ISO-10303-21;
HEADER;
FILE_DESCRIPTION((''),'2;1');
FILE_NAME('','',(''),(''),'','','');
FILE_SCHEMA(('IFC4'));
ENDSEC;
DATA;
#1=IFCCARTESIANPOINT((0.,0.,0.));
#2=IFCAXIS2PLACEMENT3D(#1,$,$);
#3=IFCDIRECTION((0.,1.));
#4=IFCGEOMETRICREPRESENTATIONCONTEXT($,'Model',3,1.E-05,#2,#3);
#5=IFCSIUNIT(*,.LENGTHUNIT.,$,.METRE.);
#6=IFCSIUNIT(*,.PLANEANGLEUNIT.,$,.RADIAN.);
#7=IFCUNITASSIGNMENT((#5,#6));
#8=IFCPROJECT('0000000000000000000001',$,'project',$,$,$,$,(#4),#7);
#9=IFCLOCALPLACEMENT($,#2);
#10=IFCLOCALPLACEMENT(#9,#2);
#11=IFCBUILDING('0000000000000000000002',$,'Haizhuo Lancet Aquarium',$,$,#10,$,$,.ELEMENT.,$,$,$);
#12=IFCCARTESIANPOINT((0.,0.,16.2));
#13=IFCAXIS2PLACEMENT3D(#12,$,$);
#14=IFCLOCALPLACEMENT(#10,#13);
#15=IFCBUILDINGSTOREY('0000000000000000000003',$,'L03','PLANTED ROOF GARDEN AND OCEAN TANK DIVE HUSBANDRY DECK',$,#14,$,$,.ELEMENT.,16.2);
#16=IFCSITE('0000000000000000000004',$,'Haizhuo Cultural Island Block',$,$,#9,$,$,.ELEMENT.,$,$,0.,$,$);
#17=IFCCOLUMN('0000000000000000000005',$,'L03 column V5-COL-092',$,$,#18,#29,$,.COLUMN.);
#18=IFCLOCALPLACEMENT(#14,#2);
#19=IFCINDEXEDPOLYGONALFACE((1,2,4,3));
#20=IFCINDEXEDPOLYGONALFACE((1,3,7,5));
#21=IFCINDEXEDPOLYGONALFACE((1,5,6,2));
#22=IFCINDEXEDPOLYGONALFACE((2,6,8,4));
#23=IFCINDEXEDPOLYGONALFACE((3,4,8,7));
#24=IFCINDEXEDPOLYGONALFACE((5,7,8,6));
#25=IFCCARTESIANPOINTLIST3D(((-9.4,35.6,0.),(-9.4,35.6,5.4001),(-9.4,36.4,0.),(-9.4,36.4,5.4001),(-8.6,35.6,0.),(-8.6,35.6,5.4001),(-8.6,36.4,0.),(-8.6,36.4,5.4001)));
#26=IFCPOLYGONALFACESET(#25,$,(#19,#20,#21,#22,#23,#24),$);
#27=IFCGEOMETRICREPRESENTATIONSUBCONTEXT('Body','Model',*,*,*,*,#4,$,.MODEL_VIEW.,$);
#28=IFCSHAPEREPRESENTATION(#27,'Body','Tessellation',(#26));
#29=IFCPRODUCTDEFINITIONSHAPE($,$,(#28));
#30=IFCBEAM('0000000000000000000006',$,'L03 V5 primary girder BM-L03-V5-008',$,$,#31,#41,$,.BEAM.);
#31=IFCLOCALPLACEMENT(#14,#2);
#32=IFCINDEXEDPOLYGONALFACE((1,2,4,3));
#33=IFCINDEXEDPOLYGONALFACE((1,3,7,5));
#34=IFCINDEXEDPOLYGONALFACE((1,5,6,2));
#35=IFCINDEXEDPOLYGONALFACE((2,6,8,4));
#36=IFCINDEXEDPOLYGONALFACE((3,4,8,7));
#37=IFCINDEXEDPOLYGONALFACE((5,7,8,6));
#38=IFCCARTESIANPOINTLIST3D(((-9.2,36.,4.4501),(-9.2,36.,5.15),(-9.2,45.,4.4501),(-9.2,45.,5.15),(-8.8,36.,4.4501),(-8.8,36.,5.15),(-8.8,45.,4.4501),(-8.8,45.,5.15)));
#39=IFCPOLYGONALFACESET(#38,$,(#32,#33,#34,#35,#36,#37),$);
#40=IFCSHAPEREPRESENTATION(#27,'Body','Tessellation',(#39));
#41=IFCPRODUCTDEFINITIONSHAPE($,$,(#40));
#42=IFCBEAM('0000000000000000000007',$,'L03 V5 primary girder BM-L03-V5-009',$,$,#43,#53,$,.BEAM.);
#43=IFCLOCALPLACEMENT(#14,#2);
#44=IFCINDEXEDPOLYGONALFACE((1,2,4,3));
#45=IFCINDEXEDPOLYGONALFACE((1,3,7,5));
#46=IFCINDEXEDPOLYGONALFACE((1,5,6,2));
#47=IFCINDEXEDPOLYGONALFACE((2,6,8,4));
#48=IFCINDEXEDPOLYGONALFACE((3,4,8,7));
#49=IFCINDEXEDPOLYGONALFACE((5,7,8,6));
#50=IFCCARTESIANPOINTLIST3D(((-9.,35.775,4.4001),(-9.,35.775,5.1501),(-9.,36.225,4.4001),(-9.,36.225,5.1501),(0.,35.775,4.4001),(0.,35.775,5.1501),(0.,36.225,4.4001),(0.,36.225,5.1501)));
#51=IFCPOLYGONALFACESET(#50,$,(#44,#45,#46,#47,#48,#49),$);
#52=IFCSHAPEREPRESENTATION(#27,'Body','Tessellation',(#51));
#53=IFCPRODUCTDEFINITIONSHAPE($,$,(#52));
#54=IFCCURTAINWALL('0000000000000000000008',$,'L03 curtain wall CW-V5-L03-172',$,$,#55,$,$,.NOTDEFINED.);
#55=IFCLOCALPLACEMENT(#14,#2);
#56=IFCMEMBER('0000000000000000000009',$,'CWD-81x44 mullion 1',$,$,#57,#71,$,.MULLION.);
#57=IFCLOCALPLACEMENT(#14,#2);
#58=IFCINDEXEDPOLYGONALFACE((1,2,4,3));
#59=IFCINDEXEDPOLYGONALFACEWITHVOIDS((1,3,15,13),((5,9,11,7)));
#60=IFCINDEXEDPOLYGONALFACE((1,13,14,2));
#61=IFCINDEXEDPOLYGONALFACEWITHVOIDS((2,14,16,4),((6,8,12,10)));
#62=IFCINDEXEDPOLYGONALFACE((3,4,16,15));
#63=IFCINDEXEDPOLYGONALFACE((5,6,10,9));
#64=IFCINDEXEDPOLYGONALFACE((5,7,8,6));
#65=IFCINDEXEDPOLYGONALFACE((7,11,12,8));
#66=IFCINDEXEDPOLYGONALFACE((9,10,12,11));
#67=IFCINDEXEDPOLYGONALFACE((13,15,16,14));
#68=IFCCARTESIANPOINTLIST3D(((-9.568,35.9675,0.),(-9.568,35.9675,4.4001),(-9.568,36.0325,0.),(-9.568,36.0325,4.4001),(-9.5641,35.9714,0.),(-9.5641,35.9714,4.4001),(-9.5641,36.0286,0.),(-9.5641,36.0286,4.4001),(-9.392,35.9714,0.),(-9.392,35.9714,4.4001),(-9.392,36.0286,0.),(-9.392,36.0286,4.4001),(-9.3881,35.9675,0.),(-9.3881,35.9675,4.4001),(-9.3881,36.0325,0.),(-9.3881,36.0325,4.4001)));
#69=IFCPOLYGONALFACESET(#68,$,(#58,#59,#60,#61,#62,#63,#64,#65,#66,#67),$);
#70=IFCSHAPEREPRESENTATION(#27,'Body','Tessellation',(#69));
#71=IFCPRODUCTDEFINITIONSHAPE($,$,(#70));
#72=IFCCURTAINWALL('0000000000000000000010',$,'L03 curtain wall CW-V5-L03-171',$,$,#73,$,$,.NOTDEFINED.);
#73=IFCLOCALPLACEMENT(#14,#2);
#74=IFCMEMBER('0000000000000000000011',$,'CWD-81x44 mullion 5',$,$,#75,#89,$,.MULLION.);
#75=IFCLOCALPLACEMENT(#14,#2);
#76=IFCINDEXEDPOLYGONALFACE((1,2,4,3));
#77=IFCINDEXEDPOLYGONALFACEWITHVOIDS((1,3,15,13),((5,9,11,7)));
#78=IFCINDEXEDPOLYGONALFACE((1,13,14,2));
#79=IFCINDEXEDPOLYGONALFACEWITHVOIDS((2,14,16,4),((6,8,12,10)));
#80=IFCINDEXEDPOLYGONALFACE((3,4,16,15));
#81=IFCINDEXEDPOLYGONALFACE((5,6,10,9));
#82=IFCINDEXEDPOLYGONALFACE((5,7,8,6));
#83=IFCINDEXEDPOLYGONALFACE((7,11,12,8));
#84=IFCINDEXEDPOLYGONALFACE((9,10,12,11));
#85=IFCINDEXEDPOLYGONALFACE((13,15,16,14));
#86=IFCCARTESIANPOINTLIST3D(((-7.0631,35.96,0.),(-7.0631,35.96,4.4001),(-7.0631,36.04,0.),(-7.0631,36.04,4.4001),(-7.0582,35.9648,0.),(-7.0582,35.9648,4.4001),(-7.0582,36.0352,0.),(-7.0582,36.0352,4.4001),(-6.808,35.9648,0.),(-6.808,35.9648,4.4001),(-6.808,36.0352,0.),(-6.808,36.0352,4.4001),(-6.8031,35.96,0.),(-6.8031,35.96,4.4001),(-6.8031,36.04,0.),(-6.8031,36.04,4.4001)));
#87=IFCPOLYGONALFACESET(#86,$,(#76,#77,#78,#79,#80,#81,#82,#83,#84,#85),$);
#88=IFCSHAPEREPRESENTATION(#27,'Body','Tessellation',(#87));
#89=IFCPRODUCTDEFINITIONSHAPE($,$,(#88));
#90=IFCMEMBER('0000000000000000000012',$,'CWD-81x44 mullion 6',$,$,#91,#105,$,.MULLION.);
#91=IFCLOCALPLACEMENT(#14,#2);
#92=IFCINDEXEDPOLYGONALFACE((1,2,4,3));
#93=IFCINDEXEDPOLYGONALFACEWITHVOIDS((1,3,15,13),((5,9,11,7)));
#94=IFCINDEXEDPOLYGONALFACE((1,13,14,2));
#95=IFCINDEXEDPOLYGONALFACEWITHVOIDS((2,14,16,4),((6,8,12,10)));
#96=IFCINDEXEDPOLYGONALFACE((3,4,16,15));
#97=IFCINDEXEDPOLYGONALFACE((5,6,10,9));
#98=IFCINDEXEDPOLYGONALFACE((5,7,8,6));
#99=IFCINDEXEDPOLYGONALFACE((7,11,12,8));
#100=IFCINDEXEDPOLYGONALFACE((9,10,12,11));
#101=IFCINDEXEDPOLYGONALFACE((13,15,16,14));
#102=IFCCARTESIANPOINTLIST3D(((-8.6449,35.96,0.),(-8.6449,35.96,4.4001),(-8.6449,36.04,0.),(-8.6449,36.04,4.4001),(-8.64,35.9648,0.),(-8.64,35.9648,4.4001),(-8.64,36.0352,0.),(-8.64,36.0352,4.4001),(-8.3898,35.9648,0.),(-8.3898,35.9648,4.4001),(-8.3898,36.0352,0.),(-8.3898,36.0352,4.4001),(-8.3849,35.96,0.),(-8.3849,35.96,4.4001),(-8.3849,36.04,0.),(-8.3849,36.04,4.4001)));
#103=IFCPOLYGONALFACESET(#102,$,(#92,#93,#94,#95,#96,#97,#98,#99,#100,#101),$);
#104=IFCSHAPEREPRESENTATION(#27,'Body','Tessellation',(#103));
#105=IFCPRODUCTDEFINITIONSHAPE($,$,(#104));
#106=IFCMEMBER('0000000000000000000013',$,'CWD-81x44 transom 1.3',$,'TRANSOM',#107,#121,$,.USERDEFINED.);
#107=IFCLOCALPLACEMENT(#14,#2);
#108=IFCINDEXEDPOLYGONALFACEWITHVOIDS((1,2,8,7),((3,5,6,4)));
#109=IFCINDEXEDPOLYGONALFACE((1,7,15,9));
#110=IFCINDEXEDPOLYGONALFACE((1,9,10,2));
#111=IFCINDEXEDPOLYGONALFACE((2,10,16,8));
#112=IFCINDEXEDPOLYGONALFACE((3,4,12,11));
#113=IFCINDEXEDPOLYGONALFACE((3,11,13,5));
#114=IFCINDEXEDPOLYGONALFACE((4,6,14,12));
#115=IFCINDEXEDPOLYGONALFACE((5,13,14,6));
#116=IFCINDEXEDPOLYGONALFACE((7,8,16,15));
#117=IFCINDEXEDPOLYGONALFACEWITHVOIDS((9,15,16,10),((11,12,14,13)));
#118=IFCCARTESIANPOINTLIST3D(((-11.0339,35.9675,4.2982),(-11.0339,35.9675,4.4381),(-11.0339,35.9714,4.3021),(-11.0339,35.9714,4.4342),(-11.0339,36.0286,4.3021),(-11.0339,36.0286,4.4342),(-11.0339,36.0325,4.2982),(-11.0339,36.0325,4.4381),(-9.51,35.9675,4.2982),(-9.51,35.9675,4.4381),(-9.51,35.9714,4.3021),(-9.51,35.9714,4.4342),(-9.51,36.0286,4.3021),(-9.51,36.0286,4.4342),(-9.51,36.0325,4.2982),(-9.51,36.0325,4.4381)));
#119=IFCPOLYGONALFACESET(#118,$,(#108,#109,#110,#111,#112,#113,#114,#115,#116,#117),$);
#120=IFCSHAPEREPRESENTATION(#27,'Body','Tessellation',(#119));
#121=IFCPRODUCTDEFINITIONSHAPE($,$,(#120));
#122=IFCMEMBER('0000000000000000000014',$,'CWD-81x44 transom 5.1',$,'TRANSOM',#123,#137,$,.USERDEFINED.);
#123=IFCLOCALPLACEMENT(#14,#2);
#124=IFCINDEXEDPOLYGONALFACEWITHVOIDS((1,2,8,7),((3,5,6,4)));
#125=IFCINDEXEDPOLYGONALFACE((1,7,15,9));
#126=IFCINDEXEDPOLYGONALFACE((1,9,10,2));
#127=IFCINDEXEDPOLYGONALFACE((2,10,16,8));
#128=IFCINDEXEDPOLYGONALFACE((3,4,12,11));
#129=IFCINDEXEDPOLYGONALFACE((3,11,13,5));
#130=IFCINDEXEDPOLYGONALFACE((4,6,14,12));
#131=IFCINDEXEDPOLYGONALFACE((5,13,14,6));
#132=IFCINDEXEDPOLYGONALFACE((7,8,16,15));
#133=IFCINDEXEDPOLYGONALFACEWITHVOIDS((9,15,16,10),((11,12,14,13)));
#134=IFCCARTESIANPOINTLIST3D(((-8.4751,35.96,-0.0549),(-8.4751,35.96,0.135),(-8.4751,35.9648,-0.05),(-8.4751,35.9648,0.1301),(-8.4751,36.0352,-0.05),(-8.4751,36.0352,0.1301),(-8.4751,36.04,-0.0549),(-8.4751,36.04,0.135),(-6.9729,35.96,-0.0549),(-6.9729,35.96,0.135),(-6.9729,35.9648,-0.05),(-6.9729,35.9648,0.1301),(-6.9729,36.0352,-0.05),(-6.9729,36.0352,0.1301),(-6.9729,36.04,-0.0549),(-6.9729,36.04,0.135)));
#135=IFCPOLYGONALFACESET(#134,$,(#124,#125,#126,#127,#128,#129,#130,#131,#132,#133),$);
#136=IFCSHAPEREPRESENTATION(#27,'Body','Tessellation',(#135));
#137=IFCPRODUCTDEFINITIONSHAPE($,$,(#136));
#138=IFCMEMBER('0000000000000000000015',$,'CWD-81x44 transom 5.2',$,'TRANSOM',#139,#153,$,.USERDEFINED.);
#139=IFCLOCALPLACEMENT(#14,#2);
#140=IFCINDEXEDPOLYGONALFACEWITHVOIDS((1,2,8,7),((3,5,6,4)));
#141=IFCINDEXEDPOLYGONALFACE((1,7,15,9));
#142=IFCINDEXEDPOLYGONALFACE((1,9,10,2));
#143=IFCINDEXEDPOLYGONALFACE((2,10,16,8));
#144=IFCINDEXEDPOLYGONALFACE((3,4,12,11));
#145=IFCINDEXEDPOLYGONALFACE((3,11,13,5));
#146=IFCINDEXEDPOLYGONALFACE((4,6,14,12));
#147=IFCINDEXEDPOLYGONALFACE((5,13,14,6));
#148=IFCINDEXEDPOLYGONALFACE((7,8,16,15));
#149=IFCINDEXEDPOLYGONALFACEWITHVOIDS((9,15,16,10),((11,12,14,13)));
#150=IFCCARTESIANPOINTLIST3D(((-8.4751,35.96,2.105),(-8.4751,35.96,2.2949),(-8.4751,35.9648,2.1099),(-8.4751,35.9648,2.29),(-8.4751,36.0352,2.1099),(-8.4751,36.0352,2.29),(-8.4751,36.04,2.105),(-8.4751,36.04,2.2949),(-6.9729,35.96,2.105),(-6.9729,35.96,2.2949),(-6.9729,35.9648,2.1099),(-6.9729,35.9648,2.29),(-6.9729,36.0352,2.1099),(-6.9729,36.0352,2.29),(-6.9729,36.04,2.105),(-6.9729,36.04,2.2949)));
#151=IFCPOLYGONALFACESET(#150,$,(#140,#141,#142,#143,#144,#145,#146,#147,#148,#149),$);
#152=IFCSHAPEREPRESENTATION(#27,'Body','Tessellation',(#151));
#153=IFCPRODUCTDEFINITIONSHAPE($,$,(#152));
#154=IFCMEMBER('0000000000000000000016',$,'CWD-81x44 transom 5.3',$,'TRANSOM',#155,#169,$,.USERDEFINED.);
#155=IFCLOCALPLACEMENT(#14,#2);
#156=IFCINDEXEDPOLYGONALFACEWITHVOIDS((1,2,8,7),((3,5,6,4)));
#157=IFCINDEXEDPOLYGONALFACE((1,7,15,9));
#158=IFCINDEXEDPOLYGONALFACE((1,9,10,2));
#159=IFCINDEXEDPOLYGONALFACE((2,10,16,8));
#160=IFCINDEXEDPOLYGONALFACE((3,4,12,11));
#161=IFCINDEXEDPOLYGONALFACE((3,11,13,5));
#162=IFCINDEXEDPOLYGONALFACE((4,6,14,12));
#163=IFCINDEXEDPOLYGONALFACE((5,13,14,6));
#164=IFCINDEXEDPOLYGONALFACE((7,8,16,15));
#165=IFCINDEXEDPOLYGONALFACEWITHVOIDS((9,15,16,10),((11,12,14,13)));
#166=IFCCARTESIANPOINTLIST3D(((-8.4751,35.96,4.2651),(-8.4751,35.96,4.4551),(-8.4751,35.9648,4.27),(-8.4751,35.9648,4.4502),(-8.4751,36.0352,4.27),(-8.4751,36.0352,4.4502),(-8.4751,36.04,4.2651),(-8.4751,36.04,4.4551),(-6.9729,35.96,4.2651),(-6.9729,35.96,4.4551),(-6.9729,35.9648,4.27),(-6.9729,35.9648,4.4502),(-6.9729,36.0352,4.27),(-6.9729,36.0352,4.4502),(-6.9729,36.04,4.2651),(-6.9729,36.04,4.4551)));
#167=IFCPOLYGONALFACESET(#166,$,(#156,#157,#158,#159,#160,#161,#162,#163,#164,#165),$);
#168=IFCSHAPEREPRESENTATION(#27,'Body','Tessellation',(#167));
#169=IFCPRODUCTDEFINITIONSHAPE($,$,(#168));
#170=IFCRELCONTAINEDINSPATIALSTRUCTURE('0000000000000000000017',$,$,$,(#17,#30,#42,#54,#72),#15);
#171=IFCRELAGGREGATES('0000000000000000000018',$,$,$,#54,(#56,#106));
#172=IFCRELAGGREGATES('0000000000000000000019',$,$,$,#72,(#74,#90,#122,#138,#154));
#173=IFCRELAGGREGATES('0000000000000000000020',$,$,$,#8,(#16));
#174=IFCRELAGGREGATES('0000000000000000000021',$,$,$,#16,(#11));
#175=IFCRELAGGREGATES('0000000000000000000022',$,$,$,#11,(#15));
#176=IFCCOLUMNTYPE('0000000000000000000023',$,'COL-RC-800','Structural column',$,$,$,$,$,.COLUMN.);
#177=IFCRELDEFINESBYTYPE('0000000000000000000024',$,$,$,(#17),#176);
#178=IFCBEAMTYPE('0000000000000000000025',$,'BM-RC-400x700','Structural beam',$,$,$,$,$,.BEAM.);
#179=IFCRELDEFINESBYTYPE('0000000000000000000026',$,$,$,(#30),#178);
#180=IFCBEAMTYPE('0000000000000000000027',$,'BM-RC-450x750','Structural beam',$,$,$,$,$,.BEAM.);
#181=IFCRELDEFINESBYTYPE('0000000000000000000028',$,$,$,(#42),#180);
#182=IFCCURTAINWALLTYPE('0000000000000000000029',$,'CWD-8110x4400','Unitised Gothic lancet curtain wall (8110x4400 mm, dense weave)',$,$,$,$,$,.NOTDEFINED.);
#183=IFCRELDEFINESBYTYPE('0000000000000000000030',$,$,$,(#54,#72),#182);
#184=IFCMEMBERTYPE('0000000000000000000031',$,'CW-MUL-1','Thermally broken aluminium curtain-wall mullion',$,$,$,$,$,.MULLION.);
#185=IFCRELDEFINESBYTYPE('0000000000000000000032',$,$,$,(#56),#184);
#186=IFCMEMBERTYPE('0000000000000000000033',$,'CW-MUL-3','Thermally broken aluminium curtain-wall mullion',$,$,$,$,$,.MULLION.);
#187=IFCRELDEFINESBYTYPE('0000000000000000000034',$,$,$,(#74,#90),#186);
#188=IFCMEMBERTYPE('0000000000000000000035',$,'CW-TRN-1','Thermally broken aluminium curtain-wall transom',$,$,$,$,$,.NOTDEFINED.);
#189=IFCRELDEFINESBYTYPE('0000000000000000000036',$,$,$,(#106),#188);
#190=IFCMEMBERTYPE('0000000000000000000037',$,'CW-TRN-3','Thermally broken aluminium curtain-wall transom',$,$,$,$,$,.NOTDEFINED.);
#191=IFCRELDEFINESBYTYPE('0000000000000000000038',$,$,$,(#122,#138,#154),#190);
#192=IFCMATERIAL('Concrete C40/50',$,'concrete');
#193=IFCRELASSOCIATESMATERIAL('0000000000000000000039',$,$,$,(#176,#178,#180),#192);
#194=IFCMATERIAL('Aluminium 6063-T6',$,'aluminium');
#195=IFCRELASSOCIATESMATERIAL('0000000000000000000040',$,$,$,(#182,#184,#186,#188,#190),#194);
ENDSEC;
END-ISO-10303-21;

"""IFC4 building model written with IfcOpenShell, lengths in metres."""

from ifc_helpers import new_model, si_unit, direction, frame, origin, origin_2d, place, context, subcontext, project, spatial, rectangle, hollow_rectangle, extrude, material, material_profile, profile_set, type_object, element, aggregate, save


model = new_model("IFC4")

# Units and contexts
model_context = context("Model", 3, precision=1e-05, world=origin(), true_north=direction((0.0, 1.0)))
body_context = subcontext(model_context, "Body", "Model", "MODEL_VIEW")
ifc_project = project(units=[si_unit("LENGTHUNIT", "METRE"), si_unit("PLANEANGLEUNIT", "RADIAN")], contexts=[model_context])

# Site, building, storey
site_placement = place(None, origin())
site = spatial("IfcSite", under=ifc_project, at=site_placement, Name="Haizhuo Cultural Island Block", CompositionType="ELEMENT", RefElevation=0.0)
building_placement = place(site_placement, origin())
building = spatial("IfcBuilding", under=site, at=building_placement, Name="Haizhuo Lancet Aquarium", CompositionType="ELEMENT")
storey_placement = place(building_placement, frame((0.0, 0.0, 16.2)))
storey = spatial("IfcBuildingStorey", under=building, at=storey_placement, Name="L03", Description="PLANTED ROOF GARDEN AND OCEAN TANK DIVE HUSBANDRY DECK", CompositionType="ELEMENT", Elevation=16.2)

# Column
ifc_material_1 = material(Name="Concrete C40/50", Category="concrete")
ifc_material_profile_1 = material_profile(ifc_material_1, rectangle(XDim=0.8, YDim=0.8, at=origin_2d()), Name="RC-COL 800x800")
ifc_profile_set_1 = profile_set([ifc_material_profile_1], Name="Concrete C40/50")
column_type = type_object("IfcColumnType", Name="COL-RC-800", Description="Structural column", PredefinedType="COLUMN", material=ifc_profile_set_1)
column_placement = place(storey_placement, frame((-9.0, 36.0, 0.0), z_axis=(0.0, 0.0, 1.0), x_axis=(1.0, 0.0, 0.0)))
element("IfcColumn", 1, at=column_placement, inside=storey, type_object=column_type, Name="L03 column V5-COL-092", PredefinedType="COLUMN", context=body_context, shape_type="SweptSolid", body=[
    extrude(rectangle(XDim=0.8, YDim=0.8, at=origin_2d()), origin(), (0.0, 0.0, 1.0), 5.4001),
])

# Beams
ifc_material_profile_2 = material_profile(ifc_material_1, rectangle(XDim=0.3999, YDim=0.7, at=origin_2d()), Name="RC-BM 400x700")
ifc_profile_set_2 = profile_set([ifc_material_profile_2], Name="Concrete C40/50")
beam_type_1 = type_object("IfcBeamType", Name="BM-RC-400x700", Description="Structural beam", PredefinedType="BEAM", material=ifc_profile_set_2)
beam_1_placement = place(storey_placement, frame((-9.0, 36.0, 4.8), z_axis=(0.0, 1.0, 0.0), x_axis=(-1.0, 0.0, 0.0)))
element("IfcBeam", 2, at=beam_1_placement, inside=storey, type_object=beam_type_1, Name="L03 V5 primary girder BM-L03-V5-008", PredefinedType="BEAM", context=body_context, shape_type="SweptSolid", body=[
    extrude(rectangle(XDim=0.3999, YDim=0.7, at=origin_2d()), origin(), (0.0, 0.0, 1.0), 9.0),
])
ifc_material_profile_3 = material_profile(ifc_material_1, rectangle(XDim=0.45, YDim=0.75, at=origin_2d()), Name="RC-BM 450x750")
ifc_profile_set_3 = profile_set([ifc_material_profile_3], Name="Concrete C40/50")
beam_type_2 = type_object("IfcBeamType", Name="BM-RC-450x750", Description="Structural beam", PredefinedType="BEAM", material=ifc_profile_set_3)
beam_2_placement = place(storey_placement, frame((-9.0, 36.0, 4.7751), z_axis=(1.0, 0.0, 0.0), x_axis=(0.0, 1.0, 0.0)))
element("IfcBeam", 3, at=beam_2_placement, inside=storey, type_object=beam_type_2, Name="L03 V5 primary girder BM-L03-V5-009", PredefinedType="BEAM", context=body_context, shape_type="SweptSolid", body=[
    extrude(rectangle(XDim=0.45, YDim=0.75, at=origin_2d()), origin(), (0.0, 0.0, 1.0), 9.0),
])

# Curtain wall, member
ifc_material_2 = material(Name="Aluminium 6063-T6", Category="aluminium")
curtain_wall_type = type_object("IfcCurtainWallType", Name="CWD-8110x4400", Description="Unitised Gothic lancet curtain wall (8110x4400 mm, dense weave)", PredefinedType="NOTDEFINED", material=ifc_material_2)
curtain_wall_1_placement = place(storey_placement, origin())
curtain_wall_1 = element("IfcCurtainWall", 4, at=curtain_wall_1_placement, inside=storey, type_object=curtain_wall_type, Name="L03 curtain wall CW-V5-L03-172", PredefinedType="NOTDEFINED")
ifc_material_profile_4 = material_profile(ifc_material_2, hollow_rectangle(XDim=0.0649, YDim=0.1799, WallThickness=0.0039, at=origin_2d()), Name="ALU-M 65x180x4")
ifc_profile_set_4 = profile_set([ifc_material_profile_4], Name="Aluminium 6063-T6")
member_type_1 = type_object("IfcMemberType", Name="CW-MUL-1", Description="Thermally broken aluminium curtain-wall mullion", PredefinedType="MULLION", material=ifc_profile_set_4)
member_1_placement = place(storey_placement, frame((-9.478, 36.0, 0.0), z_axis=(0.0, 0.0, 1.0), x_axis=(0.0, -1.0, 0.0)))
member_1 = element("IfcMember", 5, at=member_1_placement, type_object=member_type_1, Name="CWD-81x44 mullion 1", PredefinedType="MULLION", context=body_context, shape_type="SweptSolid", body=[
    extrude(hollow_rectangle(XDim=0.0649, YDim=0.1799, WallThickness=0.0039, at=origin_2d()), origin(), (0.0, 0.0, 1.0), 4.4001),
])

# Curtain wall, members
curtain_wall_2_placement = place(storey_placement, origin())
curtain_wall_2 = element("IfcCurtainWall", 6, at=curtain_wall_2_placement, inside=storey, type_object=curtain_wall_type, Name="L03 curtain wall CW-V5-L03-171", PredefinedType="NOTDEFINED")
ifc_material_profile_5 = material_profile(ifc_material_2, hollow_rectangle(XDim=0.0801, YDim=0.26, WallThickness=0.0049, at=origin_2d()), Name="ALU-M 80x260x5")
ifc_profile_set_5 = profile_set([ifc_material_profile_5], Name="Aluminium 6063-T6")
member_type_2 = type_object("IfcMemberType", Name="CW-MUL-3", Description="Thermally broken aluminium curtain-wall mullion", PredefinedType="MULLION", material=ifc_profile_set_5)
member_2_placement = place(storey_placement, frame((-6.9331, 36.0, 0.0), z_axis=(0.0, 0.0, 1.0), x_axis=(0.0, -1.0, 0.0)))
member_2 = element("IfcMember", 7, at=member_2_placement, type_object=member_type_2, Name="CWD-81x44 mullion 5", PredefinedType="MULLION", context=body_context, shape_type="SweptSolid", body=[
    extrude(hollow_rectangle(XDim=0.0801, YDim=0.26, WallThickness=0.0049, at=origin_2d()), origin(), (0.0, 0.0, 1.0), 4.4001),
])
member_3_placement = place(storey_placement, frame((-8.5149, 36.0, 0.0), z_axis=(0.0, 0.0, 1.0), x_axis=(0.0, -1.0, 0.0)))
member_3 = element("IfcMember", 8, at=member_3_placement, type_object=member_type_2, Name="CWD-81x44 mullion 6", PredefinedType="MULLION", context=body_context, shape_type="SweptSolid", body=[
    extrude(hollow_rectangle(XDim=0.0801, YDim=0.26, WallThickness=0.0049, at=origin_2d()), origin(), (0.0, 0.0, 1.0), 4.4001),
])

# Members
ifc_material_profile_6 = material_profile(ifc_material_2, hollow_rectangle(XDim=0.0649, YDim=0.1399, WallThickness=0.0039, at=origin_2d()), Name="ALU-T 65x140x4")
ifc_profile_set_6 = profile_set([ifc_material_profile_6], Name="Aluminium 6063-T6")
member_type_3 = type_object("IfcMemberType", Name="CW-TRN-1", Description="Thermally broken aluminium curtain-wall transom", PredefinedType="NOTDEFINED", material=ifc_profile_set_6)
member_4_placement = place(storey_placement, frame((-9.51, 36.0, 4.3682), z_axis=(-1.0, 0.0, 0.0), x_axis=(0.0, -1.0, 0.0)))
member_4 = element("IfcMember", 9, at=member_4_placement, type_object=member_type_3, Name="CWD-81x44 transom 1.3", ObjectType="TRANSOM", PredefinedType="USERDEFINED", context=body_context, shape_type="SweptSolid", body=[
    extrude(hollow_rectangle(XDim=0.0649, YDim=0.1399, WallThickness=0.0039, at=origin_2d()), origin(), (0.0, 0.0, 1.0), 1.5239),
])
aggregate(curtain_wall_1, [member_1, member_4])
ifc_material_profile_7 = material_profile(ifc_material_2, hollow_rectangle(XDim=0.0801, YDim=0.1899, WallThickness=0.0049, at=origin_2d()), Name="ALU-T 80x190x5")
ifc_profile_set_7 = profile_set([ifc_material_profile_7], Name="Aluminium 6063-T6")
member_type_4 = type_object("IfcMemberType", Name="CW-TRN-3", Description="Thermally broken aluminium curtain-wall transom", PredefinedType="NOTDEFINED", material=ifc_profile_set_7)
member_5_placement = place(storey_placement, frame((-6.9729, 36.0, 0.04), z_axis=(-1.0, 0.0, 0.0), x_axis=(0.0, -1.0, 0.0)))
member_5 = element("IfcMember", 10, at=member_5_placement, type_object=member_type_4, Name="CWD-81x44 transom 5.1", ObjectType="TRANSOM", PredefinedType="USERDEFINED", context=body_context, shape_type="SweptSolid", body=[
    extrude(hollow_rectangle(XDim=0.0801, YDim=0.1899, WallThickness=0.0049, at=origin_2d()), origin(), (0.0, 0.0, 1.0), 1.5022),
])
member_6_placement = place(storey_placement, frame((-6.9729, 36.0, 2.2), z_axis=(-1.0, 0.0, 0.0), x_axis=(0.0, -1.0, 0.0)))
member_6 = element("IfcMember", 11, at=member_6_placement, type_object=member_type_4, Name="CWD-81x44 transom 5.2", ObjectType="TRANSOM", PredefinedType="USERDEFINED", context=body_context, shape_type="SweptSolid", body=[
    extrude(hollow_rectangle(XDim=0.0801, YDim=0.1899, WallThickness=0.0049, at=origin_2d()), origin(), (0.0, 0.0, 1.0), 1.5022),
])
member_7_placement = place(storey_placement, frame((-6.9729, 36.0, 4.3601), z_axis=(-1.0, 0.0, 0.0), x_axis=(0.0, -1.0, 0.0)))
member_7 = element("IfcMember", 12, at=member_7_placement, type_object=member_type_4, Name="CWD-81x44 transom 5.3", ObjectType="TRANSOM", PredefinedType="USERDEFINED", context=body_context, shape_type="SweptSolid", body=[
    extrude(hollow_rectangle(XDim=0.0801, YDim=0.1899, WallThickness=0.0049, at=origin_2d()), origin(), (0.0, 0.0, 1.0), 1.5022),
])

aggregate(curtain_wall_2, [member_2, member_3, member_5, member_6, member_7])

save(model, "model.ifc")
